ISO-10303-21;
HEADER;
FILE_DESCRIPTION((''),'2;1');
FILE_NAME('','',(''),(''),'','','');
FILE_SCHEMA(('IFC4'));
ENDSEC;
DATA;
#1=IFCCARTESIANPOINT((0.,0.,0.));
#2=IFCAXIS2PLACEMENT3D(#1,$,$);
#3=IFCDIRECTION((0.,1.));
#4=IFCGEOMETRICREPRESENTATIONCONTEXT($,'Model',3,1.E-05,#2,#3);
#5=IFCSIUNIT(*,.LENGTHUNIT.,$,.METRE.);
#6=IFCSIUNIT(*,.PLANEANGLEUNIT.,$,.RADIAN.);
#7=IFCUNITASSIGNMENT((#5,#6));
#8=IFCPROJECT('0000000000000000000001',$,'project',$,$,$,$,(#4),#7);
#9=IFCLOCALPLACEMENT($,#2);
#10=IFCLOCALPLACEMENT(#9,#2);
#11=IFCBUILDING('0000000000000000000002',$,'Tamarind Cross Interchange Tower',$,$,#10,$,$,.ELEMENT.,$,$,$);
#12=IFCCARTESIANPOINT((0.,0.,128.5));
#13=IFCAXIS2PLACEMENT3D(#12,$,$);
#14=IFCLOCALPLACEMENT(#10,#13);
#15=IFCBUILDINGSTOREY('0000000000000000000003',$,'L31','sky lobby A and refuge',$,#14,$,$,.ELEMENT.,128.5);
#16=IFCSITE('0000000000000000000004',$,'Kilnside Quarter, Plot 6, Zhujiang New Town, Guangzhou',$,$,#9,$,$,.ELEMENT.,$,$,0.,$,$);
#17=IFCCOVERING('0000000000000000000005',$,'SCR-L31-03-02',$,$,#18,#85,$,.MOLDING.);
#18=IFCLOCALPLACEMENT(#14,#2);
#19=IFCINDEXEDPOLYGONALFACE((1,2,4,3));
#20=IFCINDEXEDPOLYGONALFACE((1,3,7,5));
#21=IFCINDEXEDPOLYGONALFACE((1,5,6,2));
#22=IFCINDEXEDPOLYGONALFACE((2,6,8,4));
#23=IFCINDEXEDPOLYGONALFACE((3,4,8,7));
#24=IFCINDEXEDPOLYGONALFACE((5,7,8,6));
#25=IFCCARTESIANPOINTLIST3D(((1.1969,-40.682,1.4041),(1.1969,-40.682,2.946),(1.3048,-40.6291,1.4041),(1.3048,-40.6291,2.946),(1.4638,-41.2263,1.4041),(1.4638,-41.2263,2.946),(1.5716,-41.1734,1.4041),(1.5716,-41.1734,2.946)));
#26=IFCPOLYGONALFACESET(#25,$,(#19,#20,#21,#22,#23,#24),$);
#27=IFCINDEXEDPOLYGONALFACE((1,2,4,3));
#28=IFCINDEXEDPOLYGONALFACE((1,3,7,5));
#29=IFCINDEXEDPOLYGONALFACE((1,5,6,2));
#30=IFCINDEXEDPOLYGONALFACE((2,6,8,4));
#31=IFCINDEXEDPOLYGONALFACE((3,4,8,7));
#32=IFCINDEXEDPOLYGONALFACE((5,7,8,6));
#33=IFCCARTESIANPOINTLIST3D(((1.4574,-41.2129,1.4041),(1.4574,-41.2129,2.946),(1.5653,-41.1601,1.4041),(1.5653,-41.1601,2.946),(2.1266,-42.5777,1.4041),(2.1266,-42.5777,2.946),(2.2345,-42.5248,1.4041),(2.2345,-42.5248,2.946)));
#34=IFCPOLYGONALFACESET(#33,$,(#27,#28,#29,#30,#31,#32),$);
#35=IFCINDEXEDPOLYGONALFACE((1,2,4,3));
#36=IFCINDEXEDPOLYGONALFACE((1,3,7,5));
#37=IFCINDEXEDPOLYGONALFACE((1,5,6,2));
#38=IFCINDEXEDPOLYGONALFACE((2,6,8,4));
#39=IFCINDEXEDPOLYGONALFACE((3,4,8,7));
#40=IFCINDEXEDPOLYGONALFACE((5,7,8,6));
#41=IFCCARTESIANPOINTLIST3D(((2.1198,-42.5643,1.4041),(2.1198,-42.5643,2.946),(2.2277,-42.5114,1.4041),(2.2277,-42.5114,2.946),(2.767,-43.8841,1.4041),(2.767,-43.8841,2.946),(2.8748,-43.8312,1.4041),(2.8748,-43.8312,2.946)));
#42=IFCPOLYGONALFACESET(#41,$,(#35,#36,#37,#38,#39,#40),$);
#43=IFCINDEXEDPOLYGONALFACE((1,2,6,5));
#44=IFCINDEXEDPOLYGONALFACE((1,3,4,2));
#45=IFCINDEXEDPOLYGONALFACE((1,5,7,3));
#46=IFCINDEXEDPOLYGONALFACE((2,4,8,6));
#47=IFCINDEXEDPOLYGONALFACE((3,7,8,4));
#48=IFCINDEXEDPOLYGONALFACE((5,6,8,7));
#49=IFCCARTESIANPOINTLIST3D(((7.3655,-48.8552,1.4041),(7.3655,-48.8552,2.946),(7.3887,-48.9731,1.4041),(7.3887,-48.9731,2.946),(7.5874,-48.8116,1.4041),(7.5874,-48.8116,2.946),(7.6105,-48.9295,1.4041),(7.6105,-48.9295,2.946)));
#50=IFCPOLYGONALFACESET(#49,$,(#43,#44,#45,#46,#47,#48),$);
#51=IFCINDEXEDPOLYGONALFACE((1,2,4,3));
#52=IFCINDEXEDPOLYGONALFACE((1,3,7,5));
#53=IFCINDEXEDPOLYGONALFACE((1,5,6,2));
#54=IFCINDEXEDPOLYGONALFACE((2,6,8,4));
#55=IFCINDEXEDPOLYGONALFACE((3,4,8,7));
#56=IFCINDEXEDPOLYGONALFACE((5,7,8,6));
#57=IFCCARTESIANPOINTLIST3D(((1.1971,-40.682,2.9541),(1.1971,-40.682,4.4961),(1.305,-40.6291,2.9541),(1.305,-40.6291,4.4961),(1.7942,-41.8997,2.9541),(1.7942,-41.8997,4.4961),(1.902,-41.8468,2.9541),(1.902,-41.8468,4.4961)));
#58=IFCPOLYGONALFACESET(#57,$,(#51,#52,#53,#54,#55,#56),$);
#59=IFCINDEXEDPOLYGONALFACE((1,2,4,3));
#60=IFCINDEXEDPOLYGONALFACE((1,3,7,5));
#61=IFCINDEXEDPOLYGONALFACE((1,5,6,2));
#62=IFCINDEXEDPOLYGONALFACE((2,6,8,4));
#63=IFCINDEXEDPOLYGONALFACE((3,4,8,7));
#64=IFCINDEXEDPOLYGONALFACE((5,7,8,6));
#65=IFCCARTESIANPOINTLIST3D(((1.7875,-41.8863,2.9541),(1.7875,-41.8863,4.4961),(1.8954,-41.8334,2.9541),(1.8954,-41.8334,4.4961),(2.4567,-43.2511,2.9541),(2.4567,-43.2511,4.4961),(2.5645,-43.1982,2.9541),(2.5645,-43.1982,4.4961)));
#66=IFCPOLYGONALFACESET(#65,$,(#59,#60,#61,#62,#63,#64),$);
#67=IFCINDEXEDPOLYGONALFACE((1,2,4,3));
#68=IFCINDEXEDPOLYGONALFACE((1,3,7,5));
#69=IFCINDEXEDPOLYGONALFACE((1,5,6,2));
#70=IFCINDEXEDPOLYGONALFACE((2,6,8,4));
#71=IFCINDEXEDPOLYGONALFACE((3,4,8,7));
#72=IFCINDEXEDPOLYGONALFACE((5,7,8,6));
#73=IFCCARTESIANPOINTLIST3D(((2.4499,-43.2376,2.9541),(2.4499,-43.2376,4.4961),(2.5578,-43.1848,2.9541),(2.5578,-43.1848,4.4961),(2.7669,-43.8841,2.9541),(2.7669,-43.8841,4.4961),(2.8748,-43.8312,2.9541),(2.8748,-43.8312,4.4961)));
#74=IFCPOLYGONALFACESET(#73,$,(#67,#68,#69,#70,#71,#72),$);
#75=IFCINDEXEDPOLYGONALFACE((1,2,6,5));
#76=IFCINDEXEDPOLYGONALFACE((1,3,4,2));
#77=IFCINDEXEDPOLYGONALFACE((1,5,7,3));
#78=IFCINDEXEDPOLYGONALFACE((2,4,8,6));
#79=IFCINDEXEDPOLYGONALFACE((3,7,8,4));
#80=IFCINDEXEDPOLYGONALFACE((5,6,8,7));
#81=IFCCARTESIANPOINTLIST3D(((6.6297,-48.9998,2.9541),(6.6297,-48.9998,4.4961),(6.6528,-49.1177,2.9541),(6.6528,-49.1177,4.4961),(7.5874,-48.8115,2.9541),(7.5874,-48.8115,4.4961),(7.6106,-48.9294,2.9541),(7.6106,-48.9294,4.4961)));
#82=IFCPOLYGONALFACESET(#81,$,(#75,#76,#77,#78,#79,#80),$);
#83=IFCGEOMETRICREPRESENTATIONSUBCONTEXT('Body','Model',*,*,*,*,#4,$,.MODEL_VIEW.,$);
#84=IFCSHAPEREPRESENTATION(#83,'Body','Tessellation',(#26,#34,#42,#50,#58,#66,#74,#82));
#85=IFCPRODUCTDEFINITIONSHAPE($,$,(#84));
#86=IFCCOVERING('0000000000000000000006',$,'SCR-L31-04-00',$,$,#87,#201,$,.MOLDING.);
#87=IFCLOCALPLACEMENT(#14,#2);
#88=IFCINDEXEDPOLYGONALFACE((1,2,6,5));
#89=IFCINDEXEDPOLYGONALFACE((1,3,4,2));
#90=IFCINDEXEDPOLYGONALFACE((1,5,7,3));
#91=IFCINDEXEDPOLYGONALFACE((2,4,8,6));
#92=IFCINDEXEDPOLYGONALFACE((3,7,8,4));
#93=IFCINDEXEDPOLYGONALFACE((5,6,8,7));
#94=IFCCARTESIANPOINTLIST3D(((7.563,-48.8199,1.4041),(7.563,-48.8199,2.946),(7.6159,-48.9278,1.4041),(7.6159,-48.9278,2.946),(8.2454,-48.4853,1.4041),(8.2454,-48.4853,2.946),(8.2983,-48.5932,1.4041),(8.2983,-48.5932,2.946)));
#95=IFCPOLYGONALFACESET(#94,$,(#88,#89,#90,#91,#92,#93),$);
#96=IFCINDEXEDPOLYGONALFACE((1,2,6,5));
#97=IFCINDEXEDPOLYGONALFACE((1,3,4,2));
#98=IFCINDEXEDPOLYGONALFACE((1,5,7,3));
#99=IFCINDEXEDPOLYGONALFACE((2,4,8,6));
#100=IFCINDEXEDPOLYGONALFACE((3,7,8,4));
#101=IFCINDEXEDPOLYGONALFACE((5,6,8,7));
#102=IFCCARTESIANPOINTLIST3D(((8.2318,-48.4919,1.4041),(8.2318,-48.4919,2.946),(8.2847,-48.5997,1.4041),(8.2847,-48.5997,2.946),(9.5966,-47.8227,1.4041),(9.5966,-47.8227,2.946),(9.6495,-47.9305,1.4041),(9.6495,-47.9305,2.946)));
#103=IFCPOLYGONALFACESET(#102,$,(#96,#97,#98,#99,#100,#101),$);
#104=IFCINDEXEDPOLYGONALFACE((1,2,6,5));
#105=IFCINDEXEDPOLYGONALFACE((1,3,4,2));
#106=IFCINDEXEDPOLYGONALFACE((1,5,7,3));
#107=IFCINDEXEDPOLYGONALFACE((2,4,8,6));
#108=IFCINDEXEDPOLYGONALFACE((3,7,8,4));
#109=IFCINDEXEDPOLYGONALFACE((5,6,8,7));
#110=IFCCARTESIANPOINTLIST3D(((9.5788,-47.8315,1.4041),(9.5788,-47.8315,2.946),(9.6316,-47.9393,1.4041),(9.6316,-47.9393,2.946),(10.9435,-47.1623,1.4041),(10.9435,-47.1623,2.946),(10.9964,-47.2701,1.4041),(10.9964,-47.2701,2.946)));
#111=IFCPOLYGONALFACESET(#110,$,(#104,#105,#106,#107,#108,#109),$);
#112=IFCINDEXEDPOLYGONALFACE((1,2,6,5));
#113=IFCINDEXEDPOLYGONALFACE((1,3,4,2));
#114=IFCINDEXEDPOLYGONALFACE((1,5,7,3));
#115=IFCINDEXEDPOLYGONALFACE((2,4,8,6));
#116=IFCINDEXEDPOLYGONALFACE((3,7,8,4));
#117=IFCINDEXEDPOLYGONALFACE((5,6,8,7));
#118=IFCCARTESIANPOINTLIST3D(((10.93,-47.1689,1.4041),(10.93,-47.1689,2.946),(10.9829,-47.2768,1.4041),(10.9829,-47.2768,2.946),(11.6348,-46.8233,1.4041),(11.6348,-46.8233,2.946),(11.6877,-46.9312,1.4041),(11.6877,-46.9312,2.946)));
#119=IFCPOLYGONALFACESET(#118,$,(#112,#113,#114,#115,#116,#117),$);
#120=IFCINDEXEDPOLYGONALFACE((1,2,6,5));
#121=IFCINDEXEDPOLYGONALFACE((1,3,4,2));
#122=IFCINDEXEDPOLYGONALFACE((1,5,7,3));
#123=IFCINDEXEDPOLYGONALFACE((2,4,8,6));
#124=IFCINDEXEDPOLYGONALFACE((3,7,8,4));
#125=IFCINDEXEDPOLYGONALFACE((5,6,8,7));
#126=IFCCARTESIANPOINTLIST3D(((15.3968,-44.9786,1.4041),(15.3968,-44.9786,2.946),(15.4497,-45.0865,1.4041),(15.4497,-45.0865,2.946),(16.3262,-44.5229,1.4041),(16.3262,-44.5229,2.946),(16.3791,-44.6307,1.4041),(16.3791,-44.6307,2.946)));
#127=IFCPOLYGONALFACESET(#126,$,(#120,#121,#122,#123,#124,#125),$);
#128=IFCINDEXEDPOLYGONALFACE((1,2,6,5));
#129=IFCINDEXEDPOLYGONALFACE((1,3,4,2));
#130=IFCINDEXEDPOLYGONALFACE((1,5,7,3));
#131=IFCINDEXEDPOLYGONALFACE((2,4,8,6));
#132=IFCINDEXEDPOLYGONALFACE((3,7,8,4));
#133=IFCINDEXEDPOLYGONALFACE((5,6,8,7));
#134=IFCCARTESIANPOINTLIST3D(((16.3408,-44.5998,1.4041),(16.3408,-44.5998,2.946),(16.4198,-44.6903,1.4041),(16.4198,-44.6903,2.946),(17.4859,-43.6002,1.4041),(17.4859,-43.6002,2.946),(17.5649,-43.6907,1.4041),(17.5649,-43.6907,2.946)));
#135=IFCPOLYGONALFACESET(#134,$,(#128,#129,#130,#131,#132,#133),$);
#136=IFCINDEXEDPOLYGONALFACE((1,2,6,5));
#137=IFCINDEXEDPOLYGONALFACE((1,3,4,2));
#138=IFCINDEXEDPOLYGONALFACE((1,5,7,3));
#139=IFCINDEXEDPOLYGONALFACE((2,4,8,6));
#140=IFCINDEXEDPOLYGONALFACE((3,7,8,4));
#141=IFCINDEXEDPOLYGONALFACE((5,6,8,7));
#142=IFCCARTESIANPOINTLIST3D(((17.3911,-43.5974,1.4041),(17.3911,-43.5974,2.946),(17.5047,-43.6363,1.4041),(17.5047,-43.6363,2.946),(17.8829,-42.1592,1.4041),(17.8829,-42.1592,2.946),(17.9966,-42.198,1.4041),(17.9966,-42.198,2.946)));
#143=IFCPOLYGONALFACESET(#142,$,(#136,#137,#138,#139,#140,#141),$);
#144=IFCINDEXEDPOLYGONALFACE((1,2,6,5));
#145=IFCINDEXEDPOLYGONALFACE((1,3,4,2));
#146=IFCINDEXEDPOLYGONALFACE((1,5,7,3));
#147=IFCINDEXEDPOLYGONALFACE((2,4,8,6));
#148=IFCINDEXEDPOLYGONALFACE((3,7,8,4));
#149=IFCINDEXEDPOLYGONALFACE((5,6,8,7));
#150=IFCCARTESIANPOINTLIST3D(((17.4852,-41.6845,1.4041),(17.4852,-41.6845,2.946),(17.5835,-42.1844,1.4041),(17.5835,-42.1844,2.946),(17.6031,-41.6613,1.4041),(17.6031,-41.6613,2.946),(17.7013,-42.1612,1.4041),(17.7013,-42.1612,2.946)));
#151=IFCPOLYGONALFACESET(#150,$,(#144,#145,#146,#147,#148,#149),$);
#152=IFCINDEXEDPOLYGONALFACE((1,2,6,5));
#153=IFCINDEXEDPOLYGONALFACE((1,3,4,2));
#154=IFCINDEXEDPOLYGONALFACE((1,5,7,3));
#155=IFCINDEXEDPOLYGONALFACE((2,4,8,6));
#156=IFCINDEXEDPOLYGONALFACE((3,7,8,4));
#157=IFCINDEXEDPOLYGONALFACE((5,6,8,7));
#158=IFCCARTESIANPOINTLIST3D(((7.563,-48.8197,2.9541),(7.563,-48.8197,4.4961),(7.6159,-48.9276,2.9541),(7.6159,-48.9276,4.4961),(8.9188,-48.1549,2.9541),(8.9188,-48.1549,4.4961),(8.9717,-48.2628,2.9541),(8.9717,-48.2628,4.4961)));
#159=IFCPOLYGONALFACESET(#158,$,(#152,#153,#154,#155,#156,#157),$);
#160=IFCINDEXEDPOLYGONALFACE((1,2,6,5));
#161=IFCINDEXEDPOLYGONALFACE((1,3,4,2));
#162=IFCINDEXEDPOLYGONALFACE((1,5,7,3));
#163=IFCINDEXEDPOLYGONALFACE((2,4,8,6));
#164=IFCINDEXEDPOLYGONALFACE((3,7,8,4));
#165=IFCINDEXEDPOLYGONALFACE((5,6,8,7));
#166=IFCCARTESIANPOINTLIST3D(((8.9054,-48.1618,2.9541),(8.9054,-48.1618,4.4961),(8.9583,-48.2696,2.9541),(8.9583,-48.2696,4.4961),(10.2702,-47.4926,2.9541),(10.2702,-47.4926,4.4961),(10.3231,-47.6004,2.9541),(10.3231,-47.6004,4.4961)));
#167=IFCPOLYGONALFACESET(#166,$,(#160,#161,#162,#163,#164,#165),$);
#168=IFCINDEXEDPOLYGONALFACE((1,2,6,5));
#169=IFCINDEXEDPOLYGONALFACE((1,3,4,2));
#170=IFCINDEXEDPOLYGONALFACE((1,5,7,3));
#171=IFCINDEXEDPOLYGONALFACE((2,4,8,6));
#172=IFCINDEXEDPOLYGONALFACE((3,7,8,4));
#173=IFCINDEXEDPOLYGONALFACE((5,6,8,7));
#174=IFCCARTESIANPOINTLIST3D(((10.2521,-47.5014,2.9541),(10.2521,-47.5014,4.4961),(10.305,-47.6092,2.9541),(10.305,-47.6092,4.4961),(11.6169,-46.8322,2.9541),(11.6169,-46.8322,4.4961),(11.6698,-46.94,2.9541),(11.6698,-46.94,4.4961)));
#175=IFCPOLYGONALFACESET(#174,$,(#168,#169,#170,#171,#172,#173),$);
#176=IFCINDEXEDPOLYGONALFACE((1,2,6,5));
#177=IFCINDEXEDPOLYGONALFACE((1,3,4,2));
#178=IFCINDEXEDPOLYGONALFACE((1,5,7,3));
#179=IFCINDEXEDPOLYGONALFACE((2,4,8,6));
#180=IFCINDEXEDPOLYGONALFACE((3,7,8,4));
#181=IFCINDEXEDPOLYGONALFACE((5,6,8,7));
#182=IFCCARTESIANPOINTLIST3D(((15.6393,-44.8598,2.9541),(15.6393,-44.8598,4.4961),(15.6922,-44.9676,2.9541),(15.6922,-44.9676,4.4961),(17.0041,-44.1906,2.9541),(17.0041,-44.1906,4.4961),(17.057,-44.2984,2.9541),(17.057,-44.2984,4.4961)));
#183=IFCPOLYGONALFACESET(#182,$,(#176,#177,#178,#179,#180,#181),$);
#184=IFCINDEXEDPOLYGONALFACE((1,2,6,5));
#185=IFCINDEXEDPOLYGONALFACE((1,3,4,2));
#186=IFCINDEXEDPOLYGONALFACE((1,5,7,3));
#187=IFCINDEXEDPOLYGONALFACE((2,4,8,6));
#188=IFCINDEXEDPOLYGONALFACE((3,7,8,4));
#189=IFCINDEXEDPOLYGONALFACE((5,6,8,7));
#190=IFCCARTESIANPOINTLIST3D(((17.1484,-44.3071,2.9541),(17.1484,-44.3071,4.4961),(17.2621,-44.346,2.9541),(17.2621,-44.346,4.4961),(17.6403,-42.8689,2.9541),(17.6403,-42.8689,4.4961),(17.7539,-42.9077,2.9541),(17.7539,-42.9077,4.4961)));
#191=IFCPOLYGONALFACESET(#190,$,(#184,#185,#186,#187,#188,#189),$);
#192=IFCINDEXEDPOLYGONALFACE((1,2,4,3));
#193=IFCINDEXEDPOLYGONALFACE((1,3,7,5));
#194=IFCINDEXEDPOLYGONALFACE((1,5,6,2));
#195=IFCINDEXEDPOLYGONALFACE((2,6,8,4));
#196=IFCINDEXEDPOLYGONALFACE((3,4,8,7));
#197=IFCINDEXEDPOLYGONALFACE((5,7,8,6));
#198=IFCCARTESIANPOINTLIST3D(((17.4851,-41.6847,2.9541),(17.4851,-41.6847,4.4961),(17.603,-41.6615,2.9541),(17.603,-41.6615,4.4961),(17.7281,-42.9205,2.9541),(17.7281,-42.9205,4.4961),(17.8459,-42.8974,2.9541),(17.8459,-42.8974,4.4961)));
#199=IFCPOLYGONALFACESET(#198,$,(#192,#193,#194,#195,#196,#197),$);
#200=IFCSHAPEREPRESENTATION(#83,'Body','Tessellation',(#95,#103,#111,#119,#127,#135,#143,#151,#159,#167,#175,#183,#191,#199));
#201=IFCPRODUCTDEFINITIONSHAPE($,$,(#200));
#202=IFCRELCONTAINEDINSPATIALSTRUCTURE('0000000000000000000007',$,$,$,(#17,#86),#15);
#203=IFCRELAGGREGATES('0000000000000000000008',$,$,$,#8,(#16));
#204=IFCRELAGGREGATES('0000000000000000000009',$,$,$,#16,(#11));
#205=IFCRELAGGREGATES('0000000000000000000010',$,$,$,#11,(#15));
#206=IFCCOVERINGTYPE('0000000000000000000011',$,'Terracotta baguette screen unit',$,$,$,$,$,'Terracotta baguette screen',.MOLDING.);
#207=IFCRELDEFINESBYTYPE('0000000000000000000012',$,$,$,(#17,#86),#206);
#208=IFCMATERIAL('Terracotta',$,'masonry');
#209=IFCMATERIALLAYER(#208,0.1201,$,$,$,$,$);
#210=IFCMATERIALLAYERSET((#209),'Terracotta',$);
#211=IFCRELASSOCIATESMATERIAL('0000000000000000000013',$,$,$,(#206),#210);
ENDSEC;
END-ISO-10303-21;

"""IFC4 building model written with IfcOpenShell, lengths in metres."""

from ifc_helpers import new_model, si_unit, direction, frame, origin, origin_2d, place, context, subcontext, project, spatial, rectangle, extrude, material, layer, layer_set, type_object, element, save


model = new_model("IFC4")

# Units and contexts
model_context = context("Model", 3, precision=1e-05, world=origin(), true_north=direction((0.0, 1.0)))
body_context = subcontext(model_context, "Body", "Model", "MODEL_VIEW")
ifc_project = project(units=[si_unit("LENGTHUNIT", "METRE"), si_unit("PLANEANGLEUNIT", "RADIAN")], contexts=[model_context])

# Site, building, storey
site_placement = place(None, origin())
site = spatial("IfcSite", under=ifc_project, at=site_placement, Name="Kilnside Quarter, Plot 6, Zhujiang New Town, Guangzhou", CompositionType="ELEMENT", RefElevation=0.0)
building_placement = place(site_placement, origin())
building = spatial("IfcBuilding", under=site, at=building_placement, Name="Tamarind Cross Interchange Tower", CompositionType="ELEMENT")
storey_placement = place(building_placement, frame((0.0, 0.0, 128.5)))
storey = spatial("IfcBuildingStorey", under=building, at=storey_placement, Name="L31", Description="sky lobby A and refuge", CompositionType="ELEMENT", Elevation=128.5)

# Coverings
ifc_material_1 = material(Name="Terracotta", Category="masonry")
ifc_layer_1 = layer(ifc_material_1, 0.1201)
ifc_layer_set_1 = layer_set([ifc_layer_1], Name="Terracotta")
covering_type = type_object("IfcCoveringType", Name="Terracotta baguette screen unit", ElementType="Terracotta baguette screen", PredefinedType="MOLDING", material=ifc_layer_set_1)
covering_1_placement = place(storey_placement, origin())
element("IfcCovering", 1, at=covering_1_placement, inside=storey, type_object=covering_type, Name="SCR-L31-03-02", PredefinedType="MOLDING", context=body_context, shape_type="SweptSolid", body=[
    extrude(rectangle(XDim=0.6062, YDim=0.1201, at=origin_2d()), frame((1.3843, -40.9277, 1.4041), z_axis=(0.0, 0.0, 1.0), x_axis=(0.440253, -0.897874, 0.0)), (0.0, 0.0, 1.0), 1.542),
    extrude(rectangle(XDim=1.52, YDim=0.1201, at=origin_2d()), frame((1.8459, -41.8689, 1.4041), z_axis=(0.0, 0.0, 1.0), x_axis=(0.440253, -0.897874, 0.0)), (0.0, 0.0, 1.0), 1.542),
    extrude(rectangle(XDim=1.47, YDim=0.1201, at=origin_2d()), frame((2.4973, -43.1978, 1.4041), z_axis=(0.0, 0.0, 1.0), x_axis=(0.440253, -0.897874, 0.0)), (0.0, 0.0, 1.0), 1.542),
    extrude(rectangle(XDim=0.2261, YDim=0.1201, at=origin_2d()), frame((7.488, -48.8923, 1.4041), z_axis=(0.0, 0.0, 1.0), x_axis=(0.981225, 0.192864, 0.0)), (0.0, 0.0, 1.0), 1.542),
    extrude(rectangle(XDim=1.3562, YDim=0.1201, at=origin_2d()), frame((1.5496, -41.2644, 2.9541), z_axis=(0.0, 0.0, 1.0), x_axis=(0.440253, -0.897874, 0.0)), (0.0, 0.0, 1.0), 1.542),
    extrude(rectangle(XDim=1.52, YDim=0.1201, at=origin_2d()), frame((2.176, -42.5422, 2.9541), z_axis=(0.0, 0.0, 1.0), x_axis=(0.440253, -0.897874, 0.0)), (0.0, 0.0, 1.0), 1.542),
    extrude(rectangle(XDim=0.72, YDim=0.1201, at=origin_2d()), frame((2.6624, -43.5344, 2.9541), z_axis=(0.0, 0.0, 1.0), x_axis=(0.440253, -0.897874, 0.0)), (0.0, 0.0, 1.0), 1.542),
    extrude(rectangle(XDim=0.9761, YDim=0.1201, at=origin_2d()), frame((7.1201, -48.9646, 2.9541), z_axis=(0.0, 0.0, 1.0), x_axis=(0.981225, 0.192864, 0.0)), (0.0, 0.0, 1.0), 1.542),
])
covering_2_placement = place(storey_placement, origin())
element("IfcCovering", 2, at=covering_2_placement, inside=storey, type_object=covering_type, Name="SCR-L31-04-00", PredefinedType="MOLDING", context=body_context, shape_type="SweptSolid", body=[
    extrude(rectangle(XDim=0.76, YDim=0.1201, at=origin_2d()), frame((7.9307, -48.7065, 1.4041), z_axis=(0.0, 0.0, 1.0), x_axis=(0.897874, 0.440253, 0.0)), (0.0, 0.0, 1.0), 1.542),
    extrude(rectangle(XDim=1.52, YDim=0.1201, at=origin_2d()), frame((8.9407, -48.2112, 1.4041), z_axis=(0.0, 0.0, 1.0), x_axis=(0.897874, 0.440253, 0.0)), (0.0, 0.0, 1.0), 1.542),
    extrude(rectangle(XDim=1.52, YDim=0.1201, at=origin_2d()), frame((10.2876, -47.5508, 1.4041), z_axis=(0.0, 0.0, 1.0), x_axis=(0.897874, 0.440253, 0.0)), (0.0, 0.0, 1.0), 1.542),
    extrude(rectangle(XDim=0.7849, YDim=0.1201, at=origin_2d()), frame((11.3088, -47.05, 1.4041), z_axis=(0.0, 0.0, 1.0), x_axis=(0.897874, 0.440253, 0.0)), (0.0, 0.0, 1.0), 1.542),
    extrude(rectangle(XDim=1.0352, YDim=0.1201, at=origin_2d()), frame((15.8879, -44.8047, 1.4041), z_axis=(0.0, 0.0, 1.0), x_axis=(0.897874, 0.440253, 0.0)), (0.0, 0.0, 1.0), 1.542),
    extrude(rectangle(XDim=1.52, YDim=0.1201, at=origin_2d()), frame((16.9529, -44.1453, 1.4041), z_axis=(0.0, 0.0, 1.0), x_axis=(0.753334, 0.657638, 0.0)), (0.0, 0.0, 1.0), 1.542),
    extrude(rectangle(XDim=1.52, YDim=0.1201, at=origin_2d()), frame((17.6938, -42.8977, 1.4041), z_axis=(0.0, 0.0, 1.0), x_axis=(0.323587, 0.946198, 0.0)), (0.0, 0.0, 1.0), 1.542),
    extrude(rectangle(XDim=0.5095, YDim=0.1201, at=origin_2d()), frame((17.5933, -41.9229, 1.4041), z_axis=(0.0, 0.0, 1.0), x_axis=(-0.192864, 0.981225, 0.0)), (0.0, 0.0, 1.0), 1.542),
    extrude(rectangle(XDim=1.51, YDim=0.1201, at=origin_2d()), frame((8.2673, -48.5413, 2.9541), z_axis=(0.0, 0.0, 1.0), x_axis=(0.897874, 0.440253, 0.0)), (0.0, 0.0, 1.0), 1.542),
    extrude(rectangle(XDim=1.52, YDim=0.1201, at=origin_2d()), frame((9.6143, -47.8811, 2.9541), z_axis=(0.0, 0.0, 1.0), x_axis=(0.897874, 0.440253, 0.0)), (0.0, 0.0, 1.0), 1.542),
    extrude(rectangle(XDim=1.52, YDim=0.1201, at=origin_2d()), frame((10.9609, -47.2207, 2.9541), z_axis=(0.0, 0.0, 1.0), x_axis=(0.897874, 0.440253, 0.0)), (0.0, 0.0, 1.0), 1.542),
    extrude(rectangle(XDim=1.52, YDim=0.1201, at=origin_2d()), frame((16.3481, -44.5791, 2.9541), z_axis=(0.0, 0.0, 1.0), x_axis=(0.897874, 0.440253, 0.0)), (0.0, 0.0, 1.0), 1.542),
    extrude(rectangle(XDim=1.52, YDim=0.1201, at=origin_2d()), frame((17.4512, -43.6074, 2.9541), z_axis=(0.0, 0.0, 1.0), x_axis=(0.323587, 0.946198, 0.0)), (0.0, 0.0, 1.0), 1.542),
    extrude(rectangle(XDim=1.2595, YDim=0.1201, at=origin_2d()), frame((17.6655, -42.291, 2.9541), z_axis=(0.0, 0.0, 1.0), x_axis=(-0.192864, 0.981225, 0.0)), (0.0, 0.0, 1.0), 1.542),
])

save(model, "model.ifc")
